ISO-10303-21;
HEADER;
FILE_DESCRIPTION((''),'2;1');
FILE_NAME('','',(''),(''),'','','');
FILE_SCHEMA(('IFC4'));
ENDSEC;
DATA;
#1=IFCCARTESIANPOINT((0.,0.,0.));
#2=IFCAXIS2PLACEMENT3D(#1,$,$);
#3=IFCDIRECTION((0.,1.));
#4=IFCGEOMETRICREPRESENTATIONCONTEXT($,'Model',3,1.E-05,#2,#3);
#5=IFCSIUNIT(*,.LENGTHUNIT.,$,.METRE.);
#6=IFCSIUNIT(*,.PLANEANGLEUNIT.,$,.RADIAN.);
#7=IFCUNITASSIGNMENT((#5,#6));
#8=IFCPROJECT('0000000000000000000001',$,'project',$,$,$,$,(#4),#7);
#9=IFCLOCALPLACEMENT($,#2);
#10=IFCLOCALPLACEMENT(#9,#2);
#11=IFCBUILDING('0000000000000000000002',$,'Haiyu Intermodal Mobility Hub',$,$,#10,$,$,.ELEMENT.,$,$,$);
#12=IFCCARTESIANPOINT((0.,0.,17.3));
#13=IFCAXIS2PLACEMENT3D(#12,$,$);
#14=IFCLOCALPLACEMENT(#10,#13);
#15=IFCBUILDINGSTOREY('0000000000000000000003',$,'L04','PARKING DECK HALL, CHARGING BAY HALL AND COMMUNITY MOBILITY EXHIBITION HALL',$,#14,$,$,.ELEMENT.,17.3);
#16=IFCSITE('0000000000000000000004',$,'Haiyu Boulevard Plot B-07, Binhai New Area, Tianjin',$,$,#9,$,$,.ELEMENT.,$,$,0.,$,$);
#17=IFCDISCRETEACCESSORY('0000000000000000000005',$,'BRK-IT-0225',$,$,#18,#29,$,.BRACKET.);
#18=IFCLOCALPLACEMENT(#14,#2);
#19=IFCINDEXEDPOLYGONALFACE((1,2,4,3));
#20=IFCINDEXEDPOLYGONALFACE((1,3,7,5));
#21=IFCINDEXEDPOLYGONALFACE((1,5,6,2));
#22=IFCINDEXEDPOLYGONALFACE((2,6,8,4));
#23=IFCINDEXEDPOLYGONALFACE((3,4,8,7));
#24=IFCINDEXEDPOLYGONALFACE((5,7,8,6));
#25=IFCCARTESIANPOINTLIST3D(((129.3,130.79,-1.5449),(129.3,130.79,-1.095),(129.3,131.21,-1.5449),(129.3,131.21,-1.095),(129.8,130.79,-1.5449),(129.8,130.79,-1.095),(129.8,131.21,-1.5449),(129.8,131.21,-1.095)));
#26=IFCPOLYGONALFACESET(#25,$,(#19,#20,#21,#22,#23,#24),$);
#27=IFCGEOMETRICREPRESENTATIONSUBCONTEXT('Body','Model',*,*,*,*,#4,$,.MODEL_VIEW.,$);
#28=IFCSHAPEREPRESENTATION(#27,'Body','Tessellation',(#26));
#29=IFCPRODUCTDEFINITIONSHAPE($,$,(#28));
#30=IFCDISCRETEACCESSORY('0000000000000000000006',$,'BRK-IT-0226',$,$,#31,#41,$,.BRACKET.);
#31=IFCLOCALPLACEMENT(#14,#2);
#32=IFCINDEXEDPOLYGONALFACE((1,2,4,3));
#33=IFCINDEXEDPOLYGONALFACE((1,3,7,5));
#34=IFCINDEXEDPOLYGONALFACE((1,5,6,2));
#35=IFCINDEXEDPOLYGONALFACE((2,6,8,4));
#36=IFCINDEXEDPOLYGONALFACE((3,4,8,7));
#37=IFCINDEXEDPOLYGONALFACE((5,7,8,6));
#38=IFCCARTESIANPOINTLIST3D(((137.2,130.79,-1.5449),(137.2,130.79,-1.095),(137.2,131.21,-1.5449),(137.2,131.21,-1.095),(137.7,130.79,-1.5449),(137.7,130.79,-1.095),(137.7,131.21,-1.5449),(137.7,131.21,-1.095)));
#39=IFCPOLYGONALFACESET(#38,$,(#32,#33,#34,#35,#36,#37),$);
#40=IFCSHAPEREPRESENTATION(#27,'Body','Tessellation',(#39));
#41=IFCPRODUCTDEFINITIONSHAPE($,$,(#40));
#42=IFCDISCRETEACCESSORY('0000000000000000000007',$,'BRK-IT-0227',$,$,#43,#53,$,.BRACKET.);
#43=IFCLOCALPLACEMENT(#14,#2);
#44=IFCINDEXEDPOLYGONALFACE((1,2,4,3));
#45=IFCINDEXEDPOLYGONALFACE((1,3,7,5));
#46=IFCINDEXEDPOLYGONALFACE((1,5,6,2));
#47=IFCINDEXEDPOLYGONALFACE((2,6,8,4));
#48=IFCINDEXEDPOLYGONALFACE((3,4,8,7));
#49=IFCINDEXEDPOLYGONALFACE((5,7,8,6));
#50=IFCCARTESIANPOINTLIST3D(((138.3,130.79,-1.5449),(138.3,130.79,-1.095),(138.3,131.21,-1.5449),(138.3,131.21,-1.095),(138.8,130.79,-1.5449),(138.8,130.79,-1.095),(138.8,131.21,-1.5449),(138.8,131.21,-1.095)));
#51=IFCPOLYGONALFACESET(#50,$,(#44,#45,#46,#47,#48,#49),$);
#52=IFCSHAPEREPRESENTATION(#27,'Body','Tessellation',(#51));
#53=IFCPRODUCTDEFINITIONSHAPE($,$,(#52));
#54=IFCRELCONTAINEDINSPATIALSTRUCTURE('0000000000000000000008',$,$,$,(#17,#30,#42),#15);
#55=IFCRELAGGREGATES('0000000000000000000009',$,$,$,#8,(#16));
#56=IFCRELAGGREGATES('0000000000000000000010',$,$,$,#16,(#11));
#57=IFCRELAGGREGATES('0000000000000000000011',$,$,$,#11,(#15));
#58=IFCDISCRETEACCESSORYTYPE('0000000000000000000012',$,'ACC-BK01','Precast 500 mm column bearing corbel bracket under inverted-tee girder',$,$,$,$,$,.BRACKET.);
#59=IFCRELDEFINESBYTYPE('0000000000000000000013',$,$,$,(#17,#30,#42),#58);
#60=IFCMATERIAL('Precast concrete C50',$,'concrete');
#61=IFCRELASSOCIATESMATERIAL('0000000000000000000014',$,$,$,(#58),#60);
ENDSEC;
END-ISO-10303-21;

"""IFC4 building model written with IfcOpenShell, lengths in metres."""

from ifc_helpers import new_model, si_unit, direction, frame, origin, origin_2d, place, context, subcontext, project, spatial, rectangle, extrude, material, type_object, element, save


model = new_model("IFC4")

# Units and contexts
model_context = context("Model", 3, precision=1e-05, world=origin(), true_north=direction((0.0, 1.0)))
body_context = subcontext(model_context, "Body", "Model", "MODEL_VIEW")
ifc_project = project(units=[si_unit("LENGTHUNIT", "METRE"), si_unit("PLANEANGLEUNIT", "RADIAN")], contexts=[model_context])

# Site, building, storey
site_placement = place(None, origin())
site = spatial("IfcSite", under=ifc_project, at=site_placement, Name="Haiyu Boulevard Plot B-07, Binhai New Area, Tianjin", CompositionType="ELEMENT", RefElevation=0.0)
building_placement = place(site_placement, origin())
building = spatial("IfcBuilding", under=site, at=building_placement, Name="Haiyu Intermodal Mobility Hub", CompositionType="ELEMENT")
storey_placement = place(building_placement, frame((0.0, 0.0, 17.3)))
storey = spatial("IfcBuildingStorey", under=building, at=storey_placement, Name="L04", Description="PARKING DECK HALL, CHARGING BAY HALL AND COMMUNITY MOBILITY EXHIBITION HALL", CompositionType="ELEMENT", Elevation=17.3)

# Shared definitions
ifc_material_1 = material(Name="Precast concrete C50", Category="concrete")

# Discrete accessories
discrete_accessory_type = type_object("IfcDiscreteAccessoryType", Name="ACC-BK01", Description="Precast 500 mm column bearing corbel bracket under inverted-tee girder", PredefinedType="BRACKET", material=ifc_material_1)
for number, where, z_axis, x_axis, name in (
    (1, (129.55, 131.0, -1.5449), (0.0, 0.0, 1.0), (1.0, 0.0, 0.0), "BRK-IT-0225"),
    (2, (137.45, 131.0, -1.5449), (0.0, 0.0, 1.0), (1.0, 0.0, 0.0), "BRK-IT-0226"),
    (3, (138.55, 131.0, -1.5449), (0.0, 0.0, 1.0), (1.0, 0.0, 0.0), "BRK-IT-0227"),
):
    element("IfcDiscreteAccessory", number, at=place(storey_placement, frame(where, z_axis=z_axis, x_axis=x_axis)), inside=storey, type_object=discrete_accessory_type, Name=name, PredefinedType="BRACKET", context=body_context, shape_type="SweptSolid", body=[
        extrude(rectangle(XDim=0.5, YDim=0.4199, at=origin_2d()), origin(), (0.0, 0.0, 1.0), 0.45),
    ])

save(model, "model.ifc")
